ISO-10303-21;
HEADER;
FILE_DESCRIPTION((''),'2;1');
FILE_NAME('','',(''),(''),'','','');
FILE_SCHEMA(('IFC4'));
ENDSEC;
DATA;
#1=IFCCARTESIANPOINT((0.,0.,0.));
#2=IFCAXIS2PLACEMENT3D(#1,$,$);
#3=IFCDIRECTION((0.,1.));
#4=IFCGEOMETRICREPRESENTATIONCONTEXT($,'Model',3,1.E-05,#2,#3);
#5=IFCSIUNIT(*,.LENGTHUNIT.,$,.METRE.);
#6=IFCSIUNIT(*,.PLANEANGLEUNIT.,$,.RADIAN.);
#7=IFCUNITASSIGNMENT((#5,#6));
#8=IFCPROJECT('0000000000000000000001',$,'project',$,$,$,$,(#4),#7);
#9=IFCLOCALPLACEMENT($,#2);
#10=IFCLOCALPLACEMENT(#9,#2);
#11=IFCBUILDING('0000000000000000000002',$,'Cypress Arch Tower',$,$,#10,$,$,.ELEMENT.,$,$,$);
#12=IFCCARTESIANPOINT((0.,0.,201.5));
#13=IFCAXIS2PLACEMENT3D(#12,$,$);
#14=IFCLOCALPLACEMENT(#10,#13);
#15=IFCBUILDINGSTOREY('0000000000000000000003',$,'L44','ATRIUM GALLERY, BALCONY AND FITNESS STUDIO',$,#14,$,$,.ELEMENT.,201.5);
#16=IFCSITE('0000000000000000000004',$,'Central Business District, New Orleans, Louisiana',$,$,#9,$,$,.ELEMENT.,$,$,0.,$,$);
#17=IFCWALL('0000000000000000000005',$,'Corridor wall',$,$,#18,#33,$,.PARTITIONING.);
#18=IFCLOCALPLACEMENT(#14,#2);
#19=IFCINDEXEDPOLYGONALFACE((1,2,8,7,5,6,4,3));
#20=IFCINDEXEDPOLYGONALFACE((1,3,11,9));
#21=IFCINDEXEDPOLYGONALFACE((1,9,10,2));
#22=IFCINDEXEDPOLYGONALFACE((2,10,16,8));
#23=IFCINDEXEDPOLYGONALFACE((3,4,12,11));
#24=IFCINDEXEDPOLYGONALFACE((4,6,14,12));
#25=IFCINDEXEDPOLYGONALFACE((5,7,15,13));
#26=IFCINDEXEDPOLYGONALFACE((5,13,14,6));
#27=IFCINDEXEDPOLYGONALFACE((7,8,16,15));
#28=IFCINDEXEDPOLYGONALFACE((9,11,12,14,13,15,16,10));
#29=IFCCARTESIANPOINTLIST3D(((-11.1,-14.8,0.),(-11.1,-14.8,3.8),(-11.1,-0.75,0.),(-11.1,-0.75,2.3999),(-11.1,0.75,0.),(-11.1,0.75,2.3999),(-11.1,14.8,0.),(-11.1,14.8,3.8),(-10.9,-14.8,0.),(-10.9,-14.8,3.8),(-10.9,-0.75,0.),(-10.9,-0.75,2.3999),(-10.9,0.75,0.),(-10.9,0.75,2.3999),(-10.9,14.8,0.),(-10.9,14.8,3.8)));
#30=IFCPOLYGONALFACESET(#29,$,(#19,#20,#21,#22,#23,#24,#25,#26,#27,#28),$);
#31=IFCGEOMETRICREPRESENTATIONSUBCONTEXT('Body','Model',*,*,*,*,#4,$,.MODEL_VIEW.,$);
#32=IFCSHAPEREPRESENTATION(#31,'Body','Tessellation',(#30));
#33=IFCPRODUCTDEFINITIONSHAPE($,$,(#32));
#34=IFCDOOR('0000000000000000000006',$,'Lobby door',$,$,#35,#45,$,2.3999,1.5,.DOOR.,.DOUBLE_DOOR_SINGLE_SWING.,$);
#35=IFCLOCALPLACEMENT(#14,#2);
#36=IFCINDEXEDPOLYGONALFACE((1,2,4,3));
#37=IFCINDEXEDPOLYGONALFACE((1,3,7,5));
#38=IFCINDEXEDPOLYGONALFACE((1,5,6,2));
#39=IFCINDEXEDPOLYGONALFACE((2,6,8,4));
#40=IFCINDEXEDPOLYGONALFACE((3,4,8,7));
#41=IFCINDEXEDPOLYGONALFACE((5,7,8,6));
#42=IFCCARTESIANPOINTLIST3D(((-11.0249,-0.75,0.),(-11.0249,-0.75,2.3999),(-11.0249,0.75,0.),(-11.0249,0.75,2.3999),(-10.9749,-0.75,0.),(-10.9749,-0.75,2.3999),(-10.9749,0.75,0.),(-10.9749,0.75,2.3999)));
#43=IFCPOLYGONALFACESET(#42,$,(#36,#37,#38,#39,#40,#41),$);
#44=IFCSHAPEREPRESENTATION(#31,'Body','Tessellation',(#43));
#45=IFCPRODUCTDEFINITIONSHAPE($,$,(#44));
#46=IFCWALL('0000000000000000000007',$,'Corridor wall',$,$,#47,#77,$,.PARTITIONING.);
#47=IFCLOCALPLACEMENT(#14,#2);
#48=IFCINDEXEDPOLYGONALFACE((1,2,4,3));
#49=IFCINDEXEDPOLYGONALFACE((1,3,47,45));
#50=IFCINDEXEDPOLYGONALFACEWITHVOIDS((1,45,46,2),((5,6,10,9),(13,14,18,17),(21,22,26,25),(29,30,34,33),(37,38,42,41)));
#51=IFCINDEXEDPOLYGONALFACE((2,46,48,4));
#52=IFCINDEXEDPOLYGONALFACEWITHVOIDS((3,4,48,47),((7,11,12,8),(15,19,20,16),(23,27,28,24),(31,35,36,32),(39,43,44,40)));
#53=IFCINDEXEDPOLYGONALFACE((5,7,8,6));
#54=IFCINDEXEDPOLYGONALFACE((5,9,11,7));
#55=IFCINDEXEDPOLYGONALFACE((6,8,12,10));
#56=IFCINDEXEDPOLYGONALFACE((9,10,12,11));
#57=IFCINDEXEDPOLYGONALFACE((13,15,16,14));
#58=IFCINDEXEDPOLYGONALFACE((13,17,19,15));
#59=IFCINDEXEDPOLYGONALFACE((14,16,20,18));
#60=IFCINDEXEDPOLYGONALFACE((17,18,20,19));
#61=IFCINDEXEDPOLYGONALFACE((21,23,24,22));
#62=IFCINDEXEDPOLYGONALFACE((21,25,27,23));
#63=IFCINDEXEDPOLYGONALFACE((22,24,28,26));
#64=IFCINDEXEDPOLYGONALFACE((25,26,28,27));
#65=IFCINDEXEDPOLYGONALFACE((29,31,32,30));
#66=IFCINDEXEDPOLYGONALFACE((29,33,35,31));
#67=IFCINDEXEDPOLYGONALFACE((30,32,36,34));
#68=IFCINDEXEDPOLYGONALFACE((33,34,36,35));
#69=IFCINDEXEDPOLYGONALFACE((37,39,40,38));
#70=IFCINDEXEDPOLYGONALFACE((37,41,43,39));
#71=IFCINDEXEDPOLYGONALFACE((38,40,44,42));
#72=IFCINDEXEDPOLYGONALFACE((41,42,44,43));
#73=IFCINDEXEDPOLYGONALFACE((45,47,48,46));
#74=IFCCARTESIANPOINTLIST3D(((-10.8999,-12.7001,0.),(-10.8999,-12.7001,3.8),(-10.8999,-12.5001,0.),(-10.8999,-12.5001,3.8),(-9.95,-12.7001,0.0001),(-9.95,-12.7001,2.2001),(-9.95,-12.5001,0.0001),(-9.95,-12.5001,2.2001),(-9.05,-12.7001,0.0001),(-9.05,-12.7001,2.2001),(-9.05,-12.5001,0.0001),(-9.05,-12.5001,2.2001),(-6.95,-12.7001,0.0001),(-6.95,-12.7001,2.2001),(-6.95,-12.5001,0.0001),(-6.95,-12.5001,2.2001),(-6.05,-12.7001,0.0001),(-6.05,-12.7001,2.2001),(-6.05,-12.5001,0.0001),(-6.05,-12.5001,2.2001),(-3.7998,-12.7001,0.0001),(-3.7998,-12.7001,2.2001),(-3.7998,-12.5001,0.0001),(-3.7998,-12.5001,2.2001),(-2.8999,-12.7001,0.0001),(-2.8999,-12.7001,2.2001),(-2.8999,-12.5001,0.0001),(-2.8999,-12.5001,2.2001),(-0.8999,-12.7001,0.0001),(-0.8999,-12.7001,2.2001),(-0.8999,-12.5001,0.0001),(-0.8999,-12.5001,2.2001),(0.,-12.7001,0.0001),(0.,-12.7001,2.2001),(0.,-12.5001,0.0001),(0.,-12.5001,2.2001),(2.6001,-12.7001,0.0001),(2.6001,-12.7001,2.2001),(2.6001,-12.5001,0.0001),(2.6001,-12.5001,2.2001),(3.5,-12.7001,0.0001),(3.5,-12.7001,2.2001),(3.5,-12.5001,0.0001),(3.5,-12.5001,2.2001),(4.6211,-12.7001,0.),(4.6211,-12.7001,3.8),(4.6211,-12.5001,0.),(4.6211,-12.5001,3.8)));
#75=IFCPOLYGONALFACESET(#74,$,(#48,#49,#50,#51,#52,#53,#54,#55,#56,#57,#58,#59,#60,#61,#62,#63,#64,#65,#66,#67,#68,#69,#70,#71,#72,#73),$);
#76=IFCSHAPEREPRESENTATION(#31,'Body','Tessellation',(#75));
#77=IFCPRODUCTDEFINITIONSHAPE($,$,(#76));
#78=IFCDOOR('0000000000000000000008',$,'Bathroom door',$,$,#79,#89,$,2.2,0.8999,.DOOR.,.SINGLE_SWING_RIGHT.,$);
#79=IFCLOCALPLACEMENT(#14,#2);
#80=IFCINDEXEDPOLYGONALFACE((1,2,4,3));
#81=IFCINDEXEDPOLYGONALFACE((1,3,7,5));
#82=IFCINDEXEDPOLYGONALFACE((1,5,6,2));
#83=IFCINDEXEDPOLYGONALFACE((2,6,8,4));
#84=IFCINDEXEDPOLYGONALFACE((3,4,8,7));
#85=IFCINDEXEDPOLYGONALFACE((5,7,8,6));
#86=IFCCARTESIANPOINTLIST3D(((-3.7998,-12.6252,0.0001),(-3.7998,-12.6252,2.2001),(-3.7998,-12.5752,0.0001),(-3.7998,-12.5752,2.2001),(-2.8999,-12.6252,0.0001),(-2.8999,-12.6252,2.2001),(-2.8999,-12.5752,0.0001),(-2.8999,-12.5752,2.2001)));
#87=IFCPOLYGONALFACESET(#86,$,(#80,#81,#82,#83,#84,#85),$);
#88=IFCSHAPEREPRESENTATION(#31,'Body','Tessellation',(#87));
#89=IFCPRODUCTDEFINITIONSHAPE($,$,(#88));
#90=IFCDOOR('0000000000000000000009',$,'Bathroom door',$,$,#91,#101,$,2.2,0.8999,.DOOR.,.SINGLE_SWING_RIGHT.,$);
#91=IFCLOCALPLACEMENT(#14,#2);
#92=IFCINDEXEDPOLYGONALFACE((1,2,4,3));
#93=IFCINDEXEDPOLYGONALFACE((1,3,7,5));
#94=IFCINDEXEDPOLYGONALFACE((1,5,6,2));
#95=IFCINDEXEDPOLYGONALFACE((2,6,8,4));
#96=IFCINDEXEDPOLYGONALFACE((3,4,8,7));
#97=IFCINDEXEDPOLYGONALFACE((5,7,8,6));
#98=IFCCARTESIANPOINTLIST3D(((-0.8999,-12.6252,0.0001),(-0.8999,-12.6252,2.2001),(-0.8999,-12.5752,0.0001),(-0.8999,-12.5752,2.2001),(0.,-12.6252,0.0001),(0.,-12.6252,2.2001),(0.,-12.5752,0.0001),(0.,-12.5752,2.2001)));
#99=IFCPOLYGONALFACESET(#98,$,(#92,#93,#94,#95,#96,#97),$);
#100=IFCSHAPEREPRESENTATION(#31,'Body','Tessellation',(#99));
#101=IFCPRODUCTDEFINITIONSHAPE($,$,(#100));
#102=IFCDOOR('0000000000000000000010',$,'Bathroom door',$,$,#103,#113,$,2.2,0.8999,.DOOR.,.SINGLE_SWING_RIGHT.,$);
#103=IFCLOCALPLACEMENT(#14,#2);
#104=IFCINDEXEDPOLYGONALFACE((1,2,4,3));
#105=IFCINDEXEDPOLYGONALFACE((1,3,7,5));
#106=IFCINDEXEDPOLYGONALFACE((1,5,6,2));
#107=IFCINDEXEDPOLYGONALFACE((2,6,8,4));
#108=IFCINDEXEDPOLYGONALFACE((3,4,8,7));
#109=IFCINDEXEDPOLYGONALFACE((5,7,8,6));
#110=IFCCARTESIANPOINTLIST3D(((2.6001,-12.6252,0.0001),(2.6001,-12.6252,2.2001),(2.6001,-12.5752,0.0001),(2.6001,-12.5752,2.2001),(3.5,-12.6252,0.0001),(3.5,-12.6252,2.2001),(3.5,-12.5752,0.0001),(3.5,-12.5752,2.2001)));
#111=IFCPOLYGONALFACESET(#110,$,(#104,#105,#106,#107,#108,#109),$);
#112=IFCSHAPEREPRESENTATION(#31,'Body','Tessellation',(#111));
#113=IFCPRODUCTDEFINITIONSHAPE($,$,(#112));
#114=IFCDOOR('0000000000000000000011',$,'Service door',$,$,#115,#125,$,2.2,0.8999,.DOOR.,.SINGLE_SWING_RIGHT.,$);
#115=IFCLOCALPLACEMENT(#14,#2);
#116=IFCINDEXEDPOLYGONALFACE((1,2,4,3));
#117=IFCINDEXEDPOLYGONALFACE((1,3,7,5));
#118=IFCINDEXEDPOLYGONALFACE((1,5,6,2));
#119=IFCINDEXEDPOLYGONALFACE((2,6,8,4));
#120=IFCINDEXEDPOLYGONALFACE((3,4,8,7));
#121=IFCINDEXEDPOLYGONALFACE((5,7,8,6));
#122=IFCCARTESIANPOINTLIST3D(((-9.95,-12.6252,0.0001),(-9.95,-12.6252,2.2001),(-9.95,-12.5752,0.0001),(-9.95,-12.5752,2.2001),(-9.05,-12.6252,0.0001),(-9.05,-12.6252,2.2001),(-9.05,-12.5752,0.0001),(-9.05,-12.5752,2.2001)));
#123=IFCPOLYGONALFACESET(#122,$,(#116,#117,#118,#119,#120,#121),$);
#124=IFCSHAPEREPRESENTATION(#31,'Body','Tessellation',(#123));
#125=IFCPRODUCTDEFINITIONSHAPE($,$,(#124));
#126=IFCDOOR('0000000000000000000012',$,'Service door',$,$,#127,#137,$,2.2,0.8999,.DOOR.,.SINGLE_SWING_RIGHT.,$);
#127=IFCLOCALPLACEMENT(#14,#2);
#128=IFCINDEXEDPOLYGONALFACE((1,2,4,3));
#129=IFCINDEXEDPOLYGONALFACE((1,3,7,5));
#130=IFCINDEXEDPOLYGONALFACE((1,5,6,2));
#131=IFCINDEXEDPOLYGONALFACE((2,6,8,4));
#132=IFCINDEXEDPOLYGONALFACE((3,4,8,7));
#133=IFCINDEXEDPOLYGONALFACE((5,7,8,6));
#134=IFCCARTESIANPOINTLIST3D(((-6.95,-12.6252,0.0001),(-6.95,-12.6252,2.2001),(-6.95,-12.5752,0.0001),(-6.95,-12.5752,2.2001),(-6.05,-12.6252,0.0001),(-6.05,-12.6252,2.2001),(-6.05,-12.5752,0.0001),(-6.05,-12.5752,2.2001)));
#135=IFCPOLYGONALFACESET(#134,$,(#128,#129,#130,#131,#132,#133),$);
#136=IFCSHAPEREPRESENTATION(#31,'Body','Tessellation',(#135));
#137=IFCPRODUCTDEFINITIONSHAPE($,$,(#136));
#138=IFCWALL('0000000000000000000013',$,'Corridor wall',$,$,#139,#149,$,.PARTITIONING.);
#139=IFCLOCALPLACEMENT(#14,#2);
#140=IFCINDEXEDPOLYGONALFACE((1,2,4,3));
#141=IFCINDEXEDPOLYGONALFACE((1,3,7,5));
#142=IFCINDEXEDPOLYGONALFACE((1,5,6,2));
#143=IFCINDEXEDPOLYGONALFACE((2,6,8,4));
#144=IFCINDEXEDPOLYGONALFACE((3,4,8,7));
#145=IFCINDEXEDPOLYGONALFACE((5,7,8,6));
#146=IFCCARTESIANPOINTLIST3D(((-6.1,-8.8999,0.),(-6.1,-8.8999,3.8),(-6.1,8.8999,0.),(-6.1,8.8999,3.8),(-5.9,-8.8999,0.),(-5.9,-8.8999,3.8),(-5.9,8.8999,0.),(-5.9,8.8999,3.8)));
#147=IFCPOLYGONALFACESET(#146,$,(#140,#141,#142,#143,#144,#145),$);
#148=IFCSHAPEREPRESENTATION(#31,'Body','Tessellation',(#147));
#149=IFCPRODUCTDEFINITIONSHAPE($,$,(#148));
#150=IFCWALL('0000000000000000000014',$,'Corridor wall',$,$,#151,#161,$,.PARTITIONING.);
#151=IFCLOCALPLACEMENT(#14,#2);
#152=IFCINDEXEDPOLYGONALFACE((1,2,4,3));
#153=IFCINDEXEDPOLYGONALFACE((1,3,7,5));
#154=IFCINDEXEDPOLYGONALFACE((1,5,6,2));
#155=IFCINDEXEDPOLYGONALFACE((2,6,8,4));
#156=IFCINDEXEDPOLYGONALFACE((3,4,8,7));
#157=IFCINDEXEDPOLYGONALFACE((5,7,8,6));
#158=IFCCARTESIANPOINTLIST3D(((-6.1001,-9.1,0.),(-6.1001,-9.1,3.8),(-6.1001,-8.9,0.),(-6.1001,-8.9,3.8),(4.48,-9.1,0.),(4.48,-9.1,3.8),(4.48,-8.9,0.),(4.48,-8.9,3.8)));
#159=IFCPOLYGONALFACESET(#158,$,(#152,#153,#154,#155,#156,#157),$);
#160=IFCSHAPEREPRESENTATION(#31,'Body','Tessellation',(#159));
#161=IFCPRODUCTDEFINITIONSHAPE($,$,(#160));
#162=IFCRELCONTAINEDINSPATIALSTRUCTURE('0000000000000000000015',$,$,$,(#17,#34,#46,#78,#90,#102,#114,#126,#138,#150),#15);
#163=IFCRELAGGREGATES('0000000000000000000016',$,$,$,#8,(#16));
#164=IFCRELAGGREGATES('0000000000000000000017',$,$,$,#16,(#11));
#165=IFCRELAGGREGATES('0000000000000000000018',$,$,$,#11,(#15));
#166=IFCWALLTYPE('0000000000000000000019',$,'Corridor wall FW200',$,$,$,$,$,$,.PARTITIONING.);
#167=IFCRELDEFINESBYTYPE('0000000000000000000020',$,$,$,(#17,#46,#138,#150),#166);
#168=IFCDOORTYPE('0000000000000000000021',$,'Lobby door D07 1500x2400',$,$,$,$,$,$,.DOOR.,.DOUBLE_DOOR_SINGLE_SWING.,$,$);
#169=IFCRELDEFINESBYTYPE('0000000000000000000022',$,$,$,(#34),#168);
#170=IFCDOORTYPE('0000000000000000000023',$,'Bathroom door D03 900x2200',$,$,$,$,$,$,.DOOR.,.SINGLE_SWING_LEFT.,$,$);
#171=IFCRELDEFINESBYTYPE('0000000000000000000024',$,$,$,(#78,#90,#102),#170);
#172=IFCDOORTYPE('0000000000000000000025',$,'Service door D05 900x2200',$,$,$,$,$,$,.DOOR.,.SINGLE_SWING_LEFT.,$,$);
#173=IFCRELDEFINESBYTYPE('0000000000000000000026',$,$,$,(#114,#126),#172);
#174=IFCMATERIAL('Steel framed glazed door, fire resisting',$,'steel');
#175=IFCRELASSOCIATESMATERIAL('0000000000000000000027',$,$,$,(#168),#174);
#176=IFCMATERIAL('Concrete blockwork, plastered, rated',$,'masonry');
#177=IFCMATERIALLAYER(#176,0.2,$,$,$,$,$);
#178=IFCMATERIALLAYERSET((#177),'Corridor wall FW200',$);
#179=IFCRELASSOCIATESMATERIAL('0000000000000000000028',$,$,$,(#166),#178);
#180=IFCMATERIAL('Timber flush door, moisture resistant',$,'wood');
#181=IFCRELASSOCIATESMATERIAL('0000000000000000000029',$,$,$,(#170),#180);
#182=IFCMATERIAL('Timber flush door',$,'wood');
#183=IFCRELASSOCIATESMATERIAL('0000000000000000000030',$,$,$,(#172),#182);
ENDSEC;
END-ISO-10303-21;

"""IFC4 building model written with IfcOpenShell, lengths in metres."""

from ifc_helpers import new_model, si_unit, direction, frame, frame_2d, origin, place, context, subcontext, project, spatial, rectangle, extrude, material, layer, layer_set, type_object, element, fill, save


model = new_model("IFC4")

# Units and contexts
model_context = context("Model", 3, precision=1e-05, world=origin(), true_north=direction((0.0, 1.0)))
body_context = subcontext(model_context, "Body", "Model", "MODEL_VIEW")
ifc_project = project(units=[si_unit("LENGTHUNIT", "METRE"), si_unit("PLANEANGLEUNIT", "RADIAN")], contexts=[model_context])

# Site, building, storey
site_placement = place(None, origin())
site = spatial("IfcSite", under=ifc_project, at=site_placement, Name="Central Business District, New Orleans, Louisiana", CompositionType="ELEMENT", RefElevation=0.0)
building_placement = place(site_placement, origin())
building = spatial("IfcBuilding", under=site, at=building_placement, Name="Cypress Arch Tower", CompositionType="ELEMENT")
storey_placement = place(building_placement, frame((0.0, 0.0, 201.5)))
storey = spatial("IfcBuildingStorey", under=building, at=storey_placement, Name="L44", Description="ATRIUM GALLERY, BALCONY AND FITNESS STUDIO", CompositionType="ELEMENT", Elevation=201.5)

# Shared definitions
ifc_material_1 = material(Name="Steel framed glazed door, fire resisting", Category="steel")
door_type_1 = type_object("IfcDoorType", Name="Lobby door D07 1500x2400", OperationType="DOUBLE_DOOR_SINGLE_SWING", PredefinedType="DOOR", material=ifc_material_1)

# Shared definitions
ifc_material_2 = material(Name="Concrete blockwork, plastered, rated", Category="masonry")
ifc_layer_1 = layer(ifc_material_2, 0.2)
ifc_layer_set_1 = layer_set([ifc_layer_1], Name="Corridor wall FW200")
wall_type_1 = type_object("IfcWallType", Name="Corridor wall FW200", PredefinedType="PARTITIONING", material=ifc_layer_set_1)

# Wall, opening, door
wall_1_placement = place(storey_placement, frame((-11.0, -14.8, 0.0), z_axis=(0.0, 0.0, 1.0), x_axis=(0.0, 1.0, 0.0)))
wall_1 = element("IfcWall", 1, at=wall_1_placement, inside=storey, type_object=wall_type_1, Name="Corridor wall", PredefinedType="PARTITIONING", context=body_context, shape_type="SweptSolid", body=[
    extrude(rectangle(XDim=29.6001, YDim=0.2, at=frame_2d((14.8, 0.0))), origin(), (0.0, 0.0, 1.0), 3.8),
])
opening_1_placement = place(wall_1_placement, frame((14.05, 0.0, 0.0)))
opening_1 = element("IfcOpeningElement", 2, at=opening_1_placement, cuts=wall_1, PredefinedType="OPENING", context=body_context, shape_type="SweptSolid", body=[
    extrude(rectangle(XDim=1.5, YDim=2.3999, at=frame_2d((0.75, 1.2))), frame((0.0, 0.1099, 0.0), z_axis=(0.0, -1.0, 0.0), x_axis=(1.0, 0.0, 0.0)), (0.0, 0.0, 1.0), 0.22),
])
door_1_placement = place(opening_1_placement, origin())
door_1 = element("IfcDoor", 3, at=door_1_placement, inside=storey, type_object=door_type_1, Name="Lobby door", OperationType="DOUBLE_DOOR_SINGLE_SWING", OverallHeight=2.3999, OverallWidth=1.5, PredefinedType="DOOR", context=body_context, shape_type="SweptSolid", body=[
    extrude(rectangle(XDim=1.5, YDim=2.3999, at=frame_2d((0.75, 1.2))), frame((0.0, 0.0249, 0.0), z_axis=(0.0, -1.0, 0.0), x_axis=(1.0, 0.0, 0.0)), (0.0, 0.0, 1.0), 0.05),
])
fill(opening_1, door_1)

# Wall, openings, doors
wall_2_placement = place(storey_placement, frame((-10.8999, -12.6001, 0.0), z_axis=(0.0, 0.0, 1.0), x_axis=(1.0, 0.0, 0.0)))
wall_2 = element("IfcWall", 4, at=wall_2_placement, inside=storey, type_object=wall_type_1, Name="Corridor wall", PredefinedType="PARTITIONING", context=body_context, shape_type="SweptSolid", body=[
    extrude(rectangle(XDim=15.521, YDim=0.2, at=frame_2d((7.7605, 0.0))), origin(), (0.0, 0.0, 1.0), 3.8),
])
opening_2_placement = place(wall_2_placement, frame((0.95, 0.0, 0.0)))
opening_2 = element("IfcOpeningElement", 5, at=opening_2_placement, cuts=wall_2, PredefinedType="OPENING", context=body_context, shape_type="SweptSolid", body=[
    extrude(rectangle(XDim=0.8999, YDim=2.2, at=frame_2d((0.45, 1.1001))), frame((0.0, 0.1099, 0.0), z_axis=(0.0, -1.0, 0.0), x_axis=(1.0, 0.0, 0.0)), (0.0, 0.0, 1.0), 0.22),
])
opening_3_placement = place(wall_2_placement, frame((3.95, 0.0, 0.0)))
opening_3 = element("IfcOpeningElement", 6, at=opening_3_placement, cuts=wall_2, PredefinedType="OPENING", context=body_context, shape_type="SweptSolid", body=[
    extrude(rectangle(XDim=0.8999, YDim=2.2, at=frame_2d((0.45, 1.1001))), frame((0.0, 0.1099, 0.0), z_axis=(0.0, -1.0, 0.0), x_axis=(1.0, 0.0, 0.0)), (0.0, 0.0, 1.0), 0.22),
])
opening_4_placement = place(wall_2_placement, frame((7.1001, 0.0, 0.0)))
opening_4 = element("IfcOpeningElement", 7, at=opening_4_placement, cuts=wall_2, PredefinedType="OPENING", context=body_context, shape_type="SweptSolid", body=[
    extrude(rectangle(XDim=0.8999, YDim=2.2, at=frame_2d((0.45, 1.1001))), frame((0.0, 0.1099, 0.0), z_axis=(0.0, -1.0, 0.0), x_axis=(1.0, 0.0, 0.0)), (0.0, 0.0, 1.0), 0.22),
])
opening_5_placement = place(wall_2_placement, frame((10.0, 0.0, 0.0)))
opening_5 = element("IfcOpeningElement", 8, at=opening_5_placement, cuts=wall_2, PredefinedType="OPENING", context=body_context, shape_type="SweptSolid", body=[
    extrude(rectangle(XDim=0.8999, YDim=2.2, at=frame_2d((0.45, 1.1001))), frame((0.0, 0.1099, 0.0), z_axis=(0.0, -1.0, 0.0), x_axis=(1.0, 0.0, 0.0)), (0.0, 0.0, 1.0), 0.22),
])
opening_6_placement = place(wall_2_placement, frame((13.5, 0.0, 0.0)))
opening_6 = element("IfcOpeningElement", 9, at=opening_6_placement, cuts=wall_2, PredefinedType="OPENING", context=body_context, shape_type="SweptSolid", body=[
    extrude(rectangle(XDim=0.8999, YDim=2.2, at=frame_2d((0.45, 1.1001))), frame((0.0, 0.1099, 0.0), z_axis=(0.0, -1.0, 0.0), x_axis=(1.0, 0.0, 0.0)), (0.0, 0.0, 1.0), 0.22),
])
ifc_material_3 = material(Name="Timber flush door, moisture resistant", Category="wood")
door_type_2 = type_object("IfcDoorType", Name="Bathroom door D03 900x2200", OperationType="SINGLE_SWING_LEFT", PredefinedType="DOOR", material=ifc_material_3)
door_2_placement = place(opening_4_placement, origin())
door_2 = element("IfcDoor", 10, at=door_2_placement, inside=storey, type_object=door_type_2, Name="Bathroom door", OperationType="SINGLE_SWING_RIGHT", OverallHeight=2.2, OverallWidth=0.8999, PredefinedType="DOOR", context=body_context, shape_type="SweptSolid", body=[
    extrude(rectangle(XDim=0.8999, YDim=2.2, at=frame_2d((0.45, 1.1001))), frame((0.0, 0.0249, 0.0), z_axis=(0.0, -1.0, 0.0), x_axis=(1.0, 0.0, 0.0)), (0.0, 0.0, 1.0), 0.05),
])
fill(opening_4, door_2)
door_3_placement = place(opening_5_placement, origin())
door_3 = element("IfcDoor", 11, at=door_3_placement, inside=storey, type_object=door_type_2, Name="Bathroom door", OperationType="SINGLE_SWING_RIGHT", OverallHeight=2.2, OverallWidth=0.8999, PredefinedType="DOOR", context=body_context, shape_type="SweptSolid", body=[
    extrude(rectangle(XDim=0.8999, YDim=2.2, at=frame_2d((0.45, 1.1001))), frame((0.0, 0.0249, 0.0), z_axis=(0.0, -1.0, 0.0), x_axis=(1.0, 0.0, 0.0)), (0.0, 0.0, 1.0), 0.05),
])
fill(opening_5, door_3)
door_4_placement = place(opening_6_placement, origin())
door_4 = element("IfcDoor", 12, at=door_4_placement, inside=storey, type_object=door_type_2, Name="Bathroom door", OperationType="SINGLE_SWING_RIGHT", OverallHeight=2.2, OverallWidth=0.8999, PredefinedType="DOOR", context=body_context, shape_type="SweptSolid", body=[
    extrude(rectangle(XDim=0.8999, YDim=2.2, at=frame_2d((0.45, 1.1001))), frame((0.0, 0.0249, 0.0), z_axis=(0.0, -1.0, 0.0), x_axis=(1.0, 0.0, 0.0)), (0.0, 0.0, 1.0), 0.05),
])
fill(opening_6, door_4)
ifc_material_4 = material(Name="Timber flush door", Category="wood")
door_type_3 = type_object("IfcDoorType", Name="Service door D05 900x2200", OperationType="SINGLE_SWING_LEFT", PredefinedType="DOOR", material=ifc_material_4)
door_5_placement = place(opening_2_placement, origin())
door_5 = element("IfcDoor", 13, at=door_5_placement, inside=storey, type_object=door_type_3, Name="Service door", OperationType="SINGLE_SWING_RIGHT", OverallHeight=2.2, OverallWidth=0.8999, PredefinedType="DOOR", context=body_context, shape_type="SweptSolid", body=[
    extrude(rectangle(XDim=0.8999, YDim=2.2, at=frame_2d((0.45, 1.1001))), frame((0.0, 0.0249, 0.0), z_axis=(0.0, -1.0, 0.0), x_axis=(1.0, 0.0, 0.0)), (0.0, 0.0, 1.0), 0.05),
])
fill(opening_2, door_5)
door_6_placement = place(opening_3_placement, origin())
door_6 = element("IfcDoor", 14, at=door_6_placement, inside=storey, type_object=door_type_3, Name="Service door", OperationType="SINGLE_SWING_RIGHT", OverallHeight=2.2, OverallWidth=0.8999, PredefinedType="DOOR", context=body_context, shape_type="SweptSolid", body=[
    extrude(rectangle(XDim=0.8999, YDim=2.2, at=frame_2d((0.45, 1.1001))), frame((0.0, 0.0249, 0.0), z_axis=(0.0, -1.0, 0.0), x_axis=(1.0, 0.0, 0.0)), (0.0, 0.0, 1.0), 0.05),
])
fill(opening_3, door_6)

# Walls
wall_3_placement = place(storey_placement, frame((-6.0, -8.8999, 0.0), z_axis=(0.0, 0.0, 1.0), x_axis=(0.0, 1.0, 0.0)))
element("IfcWall", 15, at=wall_3_placement, inside=storey, type_object=wall_type_1, Name="Corridor wall", PredefinedType="PARTITIONING", context=body_context, shape_type="SweptSolid", body=[
    extrude(rectangle(XDim=17.7998, YDim=0.2, at=frame_2d((8.8999, 0.0))), origin(), (0.0, 0.0, 1.0), 3.8),
])
wall_4_placement = place(storey_placement, frame((-6.1001, -9.0, 0.0), z_axis=(0.0, 0.0, 1.0), x_axis=(1.0, 0.0, 0.0)))
element("IfcWall", 16, at=wall_4_placement, inside=storey, type_object=wall_type_1, Name="Corridor wall", PredefinedType="PARTITIONING", context=body_context, shape_type="SweptSolid", body=[
    extrude(rectangle(XDim=10.5801, YDim=0.2, at=frame_2d((5.29, 0.0))), origin(), (0.0, 0.0, 1.0), 3.8),
])

save(model, "model.ifc")
